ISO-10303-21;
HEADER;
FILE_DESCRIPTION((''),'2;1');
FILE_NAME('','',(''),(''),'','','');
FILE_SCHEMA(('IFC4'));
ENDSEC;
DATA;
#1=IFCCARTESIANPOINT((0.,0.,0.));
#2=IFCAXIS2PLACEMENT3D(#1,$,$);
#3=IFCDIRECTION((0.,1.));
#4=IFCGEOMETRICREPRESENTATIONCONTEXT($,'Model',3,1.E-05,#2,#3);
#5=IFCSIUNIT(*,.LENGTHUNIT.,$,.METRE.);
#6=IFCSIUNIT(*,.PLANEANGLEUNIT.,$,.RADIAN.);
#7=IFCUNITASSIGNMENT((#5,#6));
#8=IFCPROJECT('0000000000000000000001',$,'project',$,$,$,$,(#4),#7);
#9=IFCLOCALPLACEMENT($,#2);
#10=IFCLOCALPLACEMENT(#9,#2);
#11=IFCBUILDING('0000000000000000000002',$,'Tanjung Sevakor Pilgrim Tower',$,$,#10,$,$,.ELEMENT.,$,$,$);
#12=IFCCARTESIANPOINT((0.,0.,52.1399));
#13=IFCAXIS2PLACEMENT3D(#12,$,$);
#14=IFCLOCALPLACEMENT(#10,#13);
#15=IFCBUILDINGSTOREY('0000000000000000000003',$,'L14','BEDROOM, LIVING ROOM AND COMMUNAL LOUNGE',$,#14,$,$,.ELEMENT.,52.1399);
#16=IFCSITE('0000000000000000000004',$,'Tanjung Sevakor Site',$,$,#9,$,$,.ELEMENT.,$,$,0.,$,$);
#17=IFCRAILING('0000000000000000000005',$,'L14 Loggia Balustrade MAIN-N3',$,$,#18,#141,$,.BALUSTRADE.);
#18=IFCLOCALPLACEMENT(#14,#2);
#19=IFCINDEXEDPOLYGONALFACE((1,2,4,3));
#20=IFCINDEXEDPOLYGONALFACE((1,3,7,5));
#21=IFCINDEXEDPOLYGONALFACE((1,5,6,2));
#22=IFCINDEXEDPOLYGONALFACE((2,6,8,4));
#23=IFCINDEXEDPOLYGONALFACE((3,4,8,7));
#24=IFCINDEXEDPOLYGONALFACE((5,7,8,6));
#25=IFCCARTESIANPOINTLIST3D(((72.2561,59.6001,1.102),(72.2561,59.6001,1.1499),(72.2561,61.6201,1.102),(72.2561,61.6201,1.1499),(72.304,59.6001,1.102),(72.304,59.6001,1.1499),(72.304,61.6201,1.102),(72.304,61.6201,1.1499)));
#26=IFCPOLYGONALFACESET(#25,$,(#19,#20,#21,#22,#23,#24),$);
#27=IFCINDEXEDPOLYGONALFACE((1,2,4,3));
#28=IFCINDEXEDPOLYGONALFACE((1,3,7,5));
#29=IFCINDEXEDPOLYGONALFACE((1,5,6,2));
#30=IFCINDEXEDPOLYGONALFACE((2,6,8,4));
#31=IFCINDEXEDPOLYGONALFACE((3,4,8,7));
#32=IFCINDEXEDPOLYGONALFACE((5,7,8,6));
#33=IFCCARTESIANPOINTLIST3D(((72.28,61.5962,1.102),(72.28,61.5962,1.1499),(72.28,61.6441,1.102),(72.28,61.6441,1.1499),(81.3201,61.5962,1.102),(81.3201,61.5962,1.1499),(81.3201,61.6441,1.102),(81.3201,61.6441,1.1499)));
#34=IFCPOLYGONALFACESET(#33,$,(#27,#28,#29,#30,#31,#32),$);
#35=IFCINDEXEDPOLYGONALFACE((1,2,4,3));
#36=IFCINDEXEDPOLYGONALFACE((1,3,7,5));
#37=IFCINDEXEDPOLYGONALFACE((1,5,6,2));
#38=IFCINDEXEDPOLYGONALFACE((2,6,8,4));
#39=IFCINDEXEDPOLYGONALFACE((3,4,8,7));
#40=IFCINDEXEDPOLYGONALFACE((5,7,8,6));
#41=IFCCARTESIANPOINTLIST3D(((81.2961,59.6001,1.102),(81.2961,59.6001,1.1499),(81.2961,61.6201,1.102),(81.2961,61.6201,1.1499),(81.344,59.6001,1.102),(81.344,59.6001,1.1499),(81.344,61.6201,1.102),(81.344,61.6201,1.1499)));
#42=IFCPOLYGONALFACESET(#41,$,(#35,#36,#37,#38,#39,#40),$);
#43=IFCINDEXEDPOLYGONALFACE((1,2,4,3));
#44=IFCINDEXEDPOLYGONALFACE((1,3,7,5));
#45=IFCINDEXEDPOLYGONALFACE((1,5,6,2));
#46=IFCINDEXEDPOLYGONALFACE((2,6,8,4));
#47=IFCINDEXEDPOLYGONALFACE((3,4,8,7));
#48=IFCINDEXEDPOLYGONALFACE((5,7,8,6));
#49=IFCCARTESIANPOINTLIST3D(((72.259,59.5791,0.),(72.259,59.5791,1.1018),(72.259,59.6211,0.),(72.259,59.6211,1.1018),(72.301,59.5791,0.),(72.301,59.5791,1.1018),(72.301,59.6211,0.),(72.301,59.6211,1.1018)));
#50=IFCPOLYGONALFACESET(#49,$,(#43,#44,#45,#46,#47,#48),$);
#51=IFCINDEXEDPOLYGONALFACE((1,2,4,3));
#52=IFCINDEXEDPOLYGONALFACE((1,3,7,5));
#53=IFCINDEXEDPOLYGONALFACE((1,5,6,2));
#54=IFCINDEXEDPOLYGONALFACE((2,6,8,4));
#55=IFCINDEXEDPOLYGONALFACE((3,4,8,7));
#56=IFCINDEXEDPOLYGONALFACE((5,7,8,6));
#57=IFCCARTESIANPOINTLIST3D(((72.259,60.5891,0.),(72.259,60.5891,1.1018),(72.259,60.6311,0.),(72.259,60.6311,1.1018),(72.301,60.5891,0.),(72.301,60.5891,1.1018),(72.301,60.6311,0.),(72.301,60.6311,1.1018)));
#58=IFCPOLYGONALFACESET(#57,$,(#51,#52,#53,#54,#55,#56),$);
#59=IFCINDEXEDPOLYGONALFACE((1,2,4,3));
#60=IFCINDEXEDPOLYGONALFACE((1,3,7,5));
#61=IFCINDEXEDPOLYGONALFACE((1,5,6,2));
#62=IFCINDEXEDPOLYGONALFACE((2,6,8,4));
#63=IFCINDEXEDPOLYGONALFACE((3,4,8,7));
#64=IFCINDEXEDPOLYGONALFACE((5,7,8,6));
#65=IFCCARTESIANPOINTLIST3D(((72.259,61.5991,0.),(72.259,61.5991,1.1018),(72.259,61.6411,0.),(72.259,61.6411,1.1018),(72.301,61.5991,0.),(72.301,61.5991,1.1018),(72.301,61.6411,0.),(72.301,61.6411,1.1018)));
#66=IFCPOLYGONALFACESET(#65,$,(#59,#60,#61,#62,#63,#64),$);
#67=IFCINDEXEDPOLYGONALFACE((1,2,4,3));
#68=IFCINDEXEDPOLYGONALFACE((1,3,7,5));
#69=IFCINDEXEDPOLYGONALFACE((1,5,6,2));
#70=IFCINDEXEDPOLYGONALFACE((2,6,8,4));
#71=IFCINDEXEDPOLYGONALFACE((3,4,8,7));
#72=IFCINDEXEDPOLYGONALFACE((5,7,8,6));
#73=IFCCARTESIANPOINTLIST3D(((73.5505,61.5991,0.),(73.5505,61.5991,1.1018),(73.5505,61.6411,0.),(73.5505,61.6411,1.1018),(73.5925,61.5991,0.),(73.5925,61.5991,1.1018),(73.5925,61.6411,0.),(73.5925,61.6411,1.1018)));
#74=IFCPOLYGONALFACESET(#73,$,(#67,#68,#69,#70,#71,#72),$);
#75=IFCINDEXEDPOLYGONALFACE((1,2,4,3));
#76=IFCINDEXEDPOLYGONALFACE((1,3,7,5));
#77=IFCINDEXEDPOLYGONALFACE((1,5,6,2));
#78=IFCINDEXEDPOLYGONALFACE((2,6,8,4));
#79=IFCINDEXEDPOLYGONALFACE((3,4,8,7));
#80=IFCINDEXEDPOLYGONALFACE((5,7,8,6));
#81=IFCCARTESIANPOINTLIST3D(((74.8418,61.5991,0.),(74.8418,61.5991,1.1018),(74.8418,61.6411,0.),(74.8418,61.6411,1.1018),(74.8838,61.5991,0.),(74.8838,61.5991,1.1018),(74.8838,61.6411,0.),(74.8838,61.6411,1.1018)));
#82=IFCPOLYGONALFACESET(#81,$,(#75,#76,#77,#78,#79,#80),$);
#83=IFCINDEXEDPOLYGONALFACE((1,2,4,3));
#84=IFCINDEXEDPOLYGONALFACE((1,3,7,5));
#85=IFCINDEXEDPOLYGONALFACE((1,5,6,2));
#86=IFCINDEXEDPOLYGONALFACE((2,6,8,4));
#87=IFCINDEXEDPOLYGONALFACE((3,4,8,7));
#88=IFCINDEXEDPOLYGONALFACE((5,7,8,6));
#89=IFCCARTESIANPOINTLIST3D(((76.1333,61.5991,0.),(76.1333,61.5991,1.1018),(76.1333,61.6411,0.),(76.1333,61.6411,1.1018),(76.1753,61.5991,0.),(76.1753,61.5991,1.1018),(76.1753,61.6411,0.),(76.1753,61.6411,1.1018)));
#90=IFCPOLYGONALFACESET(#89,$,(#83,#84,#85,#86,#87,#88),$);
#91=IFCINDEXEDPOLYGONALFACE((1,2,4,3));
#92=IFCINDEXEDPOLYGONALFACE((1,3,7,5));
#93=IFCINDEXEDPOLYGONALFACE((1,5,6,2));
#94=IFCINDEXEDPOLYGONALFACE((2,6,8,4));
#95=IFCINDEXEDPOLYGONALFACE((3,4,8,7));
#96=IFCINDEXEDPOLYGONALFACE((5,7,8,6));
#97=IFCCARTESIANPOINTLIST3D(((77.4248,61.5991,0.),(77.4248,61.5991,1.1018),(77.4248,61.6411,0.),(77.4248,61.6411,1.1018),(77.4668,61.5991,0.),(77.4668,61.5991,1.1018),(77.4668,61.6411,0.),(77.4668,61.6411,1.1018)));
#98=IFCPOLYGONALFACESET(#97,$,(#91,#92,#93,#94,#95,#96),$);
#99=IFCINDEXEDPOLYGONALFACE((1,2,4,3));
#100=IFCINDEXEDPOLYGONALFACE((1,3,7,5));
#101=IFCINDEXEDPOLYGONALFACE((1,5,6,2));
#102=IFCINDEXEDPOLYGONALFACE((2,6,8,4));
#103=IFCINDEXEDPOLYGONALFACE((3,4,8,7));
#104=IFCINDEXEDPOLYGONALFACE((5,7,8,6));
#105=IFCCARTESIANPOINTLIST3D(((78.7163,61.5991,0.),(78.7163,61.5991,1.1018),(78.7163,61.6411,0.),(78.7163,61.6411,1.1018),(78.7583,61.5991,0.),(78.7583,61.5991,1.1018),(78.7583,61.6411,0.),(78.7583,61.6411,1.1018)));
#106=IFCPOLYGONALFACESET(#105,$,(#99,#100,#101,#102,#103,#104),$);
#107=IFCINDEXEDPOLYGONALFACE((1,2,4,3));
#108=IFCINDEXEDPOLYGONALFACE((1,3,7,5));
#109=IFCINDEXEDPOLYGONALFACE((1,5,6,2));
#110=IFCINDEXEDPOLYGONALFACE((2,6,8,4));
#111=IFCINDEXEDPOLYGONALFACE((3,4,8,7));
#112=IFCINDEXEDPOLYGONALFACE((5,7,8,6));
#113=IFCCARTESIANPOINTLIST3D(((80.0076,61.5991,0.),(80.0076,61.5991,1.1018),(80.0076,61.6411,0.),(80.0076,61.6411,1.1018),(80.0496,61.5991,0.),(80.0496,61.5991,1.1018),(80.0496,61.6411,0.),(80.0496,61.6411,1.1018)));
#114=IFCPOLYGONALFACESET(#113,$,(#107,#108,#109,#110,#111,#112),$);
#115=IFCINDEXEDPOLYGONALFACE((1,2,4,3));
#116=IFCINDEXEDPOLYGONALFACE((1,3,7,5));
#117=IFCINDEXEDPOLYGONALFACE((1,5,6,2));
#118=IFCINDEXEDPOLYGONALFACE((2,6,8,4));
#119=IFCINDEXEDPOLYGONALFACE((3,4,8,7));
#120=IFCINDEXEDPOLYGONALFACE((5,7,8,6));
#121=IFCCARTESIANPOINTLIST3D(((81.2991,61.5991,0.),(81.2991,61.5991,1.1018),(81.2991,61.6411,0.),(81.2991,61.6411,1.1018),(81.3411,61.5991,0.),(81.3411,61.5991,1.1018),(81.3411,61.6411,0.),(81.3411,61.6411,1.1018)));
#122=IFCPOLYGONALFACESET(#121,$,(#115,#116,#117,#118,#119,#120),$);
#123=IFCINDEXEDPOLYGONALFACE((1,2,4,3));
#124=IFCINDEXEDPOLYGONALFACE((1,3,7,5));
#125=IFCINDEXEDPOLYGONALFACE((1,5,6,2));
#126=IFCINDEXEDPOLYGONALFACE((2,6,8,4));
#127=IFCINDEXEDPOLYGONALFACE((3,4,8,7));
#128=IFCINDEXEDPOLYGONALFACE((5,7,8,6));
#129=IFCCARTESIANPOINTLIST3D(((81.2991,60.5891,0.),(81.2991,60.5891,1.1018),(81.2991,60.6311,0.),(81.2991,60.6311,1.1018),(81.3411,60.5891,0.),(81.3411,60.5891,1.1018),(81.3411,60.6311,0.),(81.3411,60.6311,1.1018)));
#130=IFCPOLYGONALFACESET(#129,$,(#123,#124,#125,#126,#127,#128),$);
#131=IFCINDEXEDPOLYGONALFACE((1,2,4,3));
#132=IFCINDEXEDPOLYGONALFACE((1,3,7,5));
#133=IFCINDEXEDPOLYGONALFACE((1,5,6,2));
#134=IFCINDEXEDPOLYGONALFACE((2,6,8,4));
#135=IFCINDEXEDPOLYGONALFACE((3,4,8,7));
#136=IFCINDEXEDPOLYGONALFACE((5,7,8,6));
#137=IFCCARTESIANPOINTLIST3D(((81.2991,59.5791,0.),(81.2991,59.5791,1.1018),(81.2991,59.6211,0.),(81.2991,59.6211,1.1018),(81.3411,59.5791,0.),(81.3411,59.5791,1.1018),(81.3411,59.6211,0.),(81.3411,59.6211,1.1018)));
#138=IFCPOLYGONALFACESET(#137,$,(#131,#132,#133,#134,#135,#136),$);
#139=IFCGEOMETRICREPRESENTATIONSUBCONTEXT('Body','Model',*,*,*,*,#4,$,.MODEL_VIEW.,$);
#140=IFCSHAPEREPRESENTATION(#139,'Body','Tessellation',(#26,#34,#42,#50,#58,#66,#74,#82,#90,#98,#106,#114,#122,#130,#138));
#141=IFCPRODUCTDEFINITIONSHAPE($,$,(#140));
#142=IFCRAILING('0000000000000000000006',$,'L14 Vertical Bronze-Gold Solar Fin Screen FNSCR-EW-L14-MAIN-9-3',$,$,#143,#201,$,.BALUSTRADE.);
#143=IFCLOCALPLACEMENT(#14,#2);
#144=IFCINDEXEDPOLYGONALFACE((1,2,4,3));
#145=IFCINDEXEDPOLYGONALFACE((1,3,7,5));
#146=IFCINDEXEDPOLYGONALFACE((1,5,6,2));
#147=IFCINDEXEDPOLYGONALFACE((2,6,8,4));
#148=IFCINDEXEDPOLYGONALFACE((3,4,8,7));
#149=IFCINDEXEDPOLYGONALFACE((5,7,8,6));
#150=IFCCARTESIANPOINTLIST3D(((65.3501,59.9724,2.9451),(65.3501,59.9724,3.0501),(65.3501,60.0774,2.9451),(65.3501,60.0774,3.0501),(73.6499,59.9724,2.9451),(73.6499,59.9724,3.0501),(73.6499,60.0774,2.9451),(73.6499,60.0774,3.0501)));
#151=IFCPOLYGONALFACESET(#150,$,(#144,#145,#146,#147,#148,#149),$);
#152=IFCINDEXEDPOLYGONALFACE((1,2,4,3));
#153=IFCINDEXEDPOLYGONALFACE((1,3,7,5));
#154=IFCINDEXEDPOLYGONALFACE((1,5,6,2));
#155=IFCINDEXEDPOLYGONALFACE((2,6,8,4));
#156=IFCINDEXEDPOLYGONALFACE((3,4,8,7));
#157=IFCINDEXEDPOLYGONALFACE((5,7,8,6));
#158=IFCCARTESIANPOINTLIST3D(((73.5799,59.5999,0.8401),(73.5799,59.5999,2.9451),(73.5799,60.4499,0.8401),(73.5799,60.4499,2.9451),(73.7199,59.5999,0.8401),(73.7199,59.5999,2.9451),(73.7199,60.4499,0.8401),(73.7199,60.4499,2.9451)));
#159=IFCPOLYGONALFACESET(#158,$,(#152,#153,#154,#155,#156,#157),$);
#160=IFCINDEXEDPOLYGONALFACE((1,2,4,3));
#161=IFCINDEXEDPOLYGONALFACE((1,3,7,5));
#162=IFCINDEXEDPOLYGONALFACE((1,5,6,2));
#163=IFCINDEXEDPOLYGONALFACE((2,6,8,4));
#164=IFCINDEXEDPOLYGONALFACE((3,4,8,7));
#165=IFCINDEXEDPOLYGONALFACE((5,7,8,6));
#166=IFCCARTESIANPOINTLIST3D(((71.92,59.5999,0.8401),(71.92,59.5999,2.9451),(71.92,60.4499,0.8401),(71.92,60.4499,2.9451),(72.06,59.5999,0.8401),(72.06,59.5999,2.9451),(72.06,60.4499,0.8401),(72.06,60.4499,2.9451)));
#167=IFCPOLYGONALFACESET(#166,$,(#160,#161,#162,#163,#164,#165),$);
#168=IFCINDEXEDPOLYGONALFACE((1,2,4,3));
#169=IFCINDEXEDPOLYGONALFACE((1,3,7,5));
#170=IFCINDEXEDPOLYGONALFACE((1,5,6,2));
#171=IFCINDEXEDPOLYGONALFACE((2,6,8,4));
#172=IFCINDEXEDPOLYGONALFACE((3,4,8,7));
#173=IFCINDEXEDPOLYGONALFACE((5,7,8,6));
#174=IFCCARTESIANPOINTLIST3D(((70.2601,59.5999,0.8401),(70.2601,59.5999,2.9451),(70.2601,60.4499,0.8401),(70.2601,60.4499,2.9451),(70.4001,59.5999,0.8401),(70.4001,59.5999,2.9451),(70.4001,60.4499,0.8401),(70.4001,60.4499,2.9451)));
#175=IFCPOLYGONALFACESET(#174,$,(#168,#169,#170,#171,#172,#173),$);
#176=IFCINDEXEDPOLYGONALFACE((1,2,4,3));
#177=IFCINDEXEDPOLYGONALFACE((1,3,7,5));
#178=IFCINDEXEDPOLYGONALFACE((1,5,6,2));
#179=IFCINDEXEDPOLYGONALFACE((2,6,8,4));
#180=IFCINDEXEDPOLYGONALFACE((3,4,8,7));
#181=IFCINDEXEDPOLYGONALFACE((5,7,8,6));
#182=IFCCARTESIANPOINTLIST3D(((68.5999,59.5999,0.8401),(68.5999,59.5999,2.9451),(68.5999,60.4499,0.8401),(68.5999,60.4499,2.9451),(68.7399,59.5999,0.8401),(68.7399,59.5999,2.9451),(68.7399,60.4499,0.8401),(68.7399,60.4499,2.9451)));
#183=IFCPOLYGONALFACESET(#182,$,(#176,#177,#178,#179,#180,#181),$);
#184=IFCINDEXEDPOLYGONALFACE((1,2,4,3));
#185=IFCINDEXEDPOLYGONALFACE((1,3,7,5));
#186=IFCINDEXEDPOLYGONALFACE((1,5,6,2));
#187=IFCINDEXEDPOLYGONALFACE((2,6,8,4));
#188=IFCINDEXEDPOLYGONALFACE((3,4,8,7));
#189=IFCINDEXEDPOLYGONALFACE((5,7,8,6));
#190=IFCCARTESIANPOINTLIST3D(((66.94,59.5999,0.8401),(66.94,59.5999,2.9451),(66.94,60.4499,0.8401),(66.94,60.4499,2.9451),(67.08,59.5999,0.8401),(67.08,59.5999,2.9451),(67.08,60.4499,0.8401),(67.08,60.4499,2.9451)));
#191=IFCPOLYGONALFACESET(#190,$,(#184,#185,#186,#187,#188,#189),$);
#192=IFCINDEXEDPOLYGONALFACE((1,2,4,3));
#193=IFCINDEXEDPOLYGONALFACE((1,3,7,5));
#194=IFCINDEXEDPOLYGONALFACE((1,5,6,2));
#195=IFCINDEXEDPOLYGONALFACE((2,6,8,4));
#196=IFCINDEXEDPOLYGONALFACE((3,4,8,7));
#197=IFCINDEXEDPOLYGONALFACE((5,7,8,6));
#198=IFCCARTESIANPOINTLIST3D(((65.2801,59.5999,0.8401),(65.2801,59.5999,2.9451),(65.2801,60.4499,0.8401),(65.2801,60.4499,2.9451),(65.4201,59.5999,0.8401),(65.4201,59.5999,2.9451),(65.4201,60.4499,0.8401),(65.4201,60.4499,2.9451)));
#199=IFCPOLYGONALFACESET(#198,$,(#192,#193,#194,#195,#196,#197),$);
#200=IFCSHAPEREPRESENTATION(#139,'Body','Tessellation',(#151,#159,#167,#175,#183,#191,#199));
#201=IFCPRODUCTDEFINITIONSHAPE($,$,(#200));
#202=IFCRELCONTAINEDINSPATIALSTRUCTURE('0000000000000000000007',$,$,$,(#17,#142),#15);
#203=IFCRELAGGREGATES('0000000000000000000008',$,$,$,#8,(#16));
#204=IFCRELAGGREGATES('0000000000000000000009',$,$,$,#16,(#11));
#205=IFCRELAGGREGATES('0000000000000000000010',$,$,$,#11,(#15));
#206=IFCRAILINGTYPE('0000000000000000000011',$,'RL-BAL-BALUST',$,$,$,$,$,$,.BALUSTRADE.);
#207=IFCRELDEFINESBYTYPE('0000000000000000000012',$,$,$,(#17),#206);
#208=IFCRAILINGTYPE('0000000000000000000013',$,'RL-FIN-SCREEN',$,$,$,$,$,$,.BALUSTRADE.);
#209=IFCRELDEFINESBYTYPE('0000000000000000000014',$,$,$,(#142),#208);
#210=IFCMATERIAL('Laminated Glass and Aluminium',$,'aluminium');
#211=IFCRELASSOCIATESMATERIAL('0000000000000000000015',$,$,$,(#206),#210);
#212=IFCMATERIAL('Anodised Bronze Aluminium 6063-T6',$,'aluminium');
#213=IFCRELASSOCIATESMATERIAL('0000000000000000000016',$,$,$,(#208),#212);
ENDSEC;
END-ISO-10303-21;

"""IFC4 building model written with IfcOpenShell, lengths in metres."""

from ifc_helpers import new_model, si_unit, direction, frame, origin, place, context, subcontext, project, spatial, rectangle, extrude, material, type_object, element, save


model = new_model("IFC4")

# Units and contexts
model_context = context("Model", 3, precision=1e-05, world=origin(), true_north=direction((0.0, 1.0)))
body_context = subcontext(model_context, "Body", "Model", "MODEL_VIEW")
ifc_project = project(units=[si_unit("LENGTHUNIT", "METRE"), si_unit("PLANEANGLEUNIT", "RADIAN")], contexts=[model_context])

# Site, building, storey
site_placement = place(None, origin())
site = spatial("IfcSite", under=ifc_project, at=site_placement, Name="Tanjung Sevakor Site", CompositionType="ELEMENT", RefElevation=0.0)
building_placement = place(site_placement, origin())
building = spatial("IfcBuilding", under=site, at=building_placement, Name="Tanjung Sevakor Pilgrim Tower", CompositionType="ELEMENT")
storey_placement = place(building_placement, frame((0.0, 0.0, 52.1399)))
storey = spatial("IfcBuildingStorey", under=building, at=storey_placement, Name="L14", Description="BEDROOM, LIVING ROOM AND COMMUNAL LOUNGE", CompositionType="ELEMENT", Elevation=52.1399)

# Railings
ifc_material_1 = material(Name="Laminated Glass and Aluminium", Category="aluminium")
railing_type_1 = type_object("IfcRailingType", Name="RL-BAL-BALUST", PredefinedType="BALUSTRADE", material=ifc_material_1)
railing_1_placement = place(storey_placement, frame((72.28, 59.6001, 0.0)))
element("IfcRailing", 1, at=railing_1_placement, inside=storey, type_object=railing_type_1, Name="L14 Loggia Balustrade MAIN-N3", PredefinedType="BALUSTRADE", context=body_context, shape_type="SweptSolid", body=[
    extrude(rectangle(XDim=0.0479, YDim=0.0479), frame((0.0, 0.0, 1.126), z_axis=(0.0, 1.0, 0.0), x_axis=(-1.0, 0.0, 0.0)), (0.0, 0.0, 1.0), 2.02),
    extrude(rectangle(XDim=0.0479, YDim=0.0479), frame((0.0, 2.02, 1.126), z_axis=(1.0, 0.0, 0.0), x_axis=(0.0, 1.0, 0.0)), (0.0, 0.0, 1.0), 9.04),
    extrude(rectangle(XDim=0.0479, YDim=0.0479), frame((9.04, 2.02, 1.126), z_axis=(0.0, -1.0, 0.0), x_axis=(1.0, 0.0, 0.0)), (0.0, 0.0, 1.0), 2.02),
    extrude(rectangle(XDim=0.042, YDim=0.042), origin(), (0.0, 0.0, 1.0), 1.1018),
    extrude(rectangle(XDim=0.042, YDim=0.042), frame((0.0, 1.01, 0.0)), (0.0, 0.0, 1.0), 1.1018),
    extrude(rectangle(XDim=0.042, YDim=0.042), frame((0.0, 2.02, 0.0)), (0.0, 0.0, 1.0), 1.1018),
    extrude(rectangle(XDim=0.042, YDim=0.042), frame((1.2915, 2.02, 0.0)), (0.0, 0.0, 1.0), 1.1018),
    extrude(rectangle(XDim=0.042, YDim=0.042), frame((2.5828, 2.02, 0.0)), (0.0, 0.0, 1.0), 1.1018),
    extrude(rectangle(XDim=0.042, YDim=0.042), frame((3.8743, 2.02, 0.0)), (0.0, 0.0, 1.0), 1.1018),
    extrude(rectangle(XDim=0.042, YDim=0.042), frame((5.1658, 2.02, 0.0)), (0.0, 0.0, 1.0), 1.1018),
    extrude(rectangle(XDim=0.042, YDim=0.042), frame((6.4573, 2.02, 0.0)), (0.0, 0.0, 1.0), 1.1018),
    extrude(rectangle(XDim=0.042, YDim=0.042), frame((7.7485, 2.02, 0.0)), (0.0, 0.0, 1.0), 1.1018),
    extrude(rectangle(XDim=0.042, YDim=0.042), frame((9.04, 2.02, 0.0)), (0.0, 0.0, 1.0), 1.1018),
    extrude(rectangle(XDim=0.042, YDim=0.042), frame((9.04, 1.01, 0.0)), (0.0, 0.0, 1.0), 1.1018),
    extrude(rectangle(XDim=0.042, YDim=0.042), frame((9.04, 0.0, 0.0)), (0.0, 0.0, 1.0), 1.1018),
])
ifc_material_2 = material(Name="Anodised Bronze Aluminium 6063-T6", Category="aluminium")
railing_type_2 = type_object("IfcRailingType", Name="RL-FIN-SCREEN", PredefinedType="BALUSTRADE", material=ifc_material_2)
railing_2_placement = place(storey_placement, frame((73.6499, 60.0249, 0.8401)))
element("IfcRailing", 2, at=railing_2_placement, inside=storey, type_object=railing_type_2, Name="L14 Vertical Bronze-Gold Solar Fin Screen FNSCR-EW-L14-MAIN-9-3", PredefinedType="BALUSTRADE", context=body_context, shape_type="SweptSolid", body=[
    extrude(rectangle(XDim=0.105, YDim=0.105), frame((0.0, 0.0, 2.1575), z_axis=(-1.0, 0.0, 0.0), x_axis=(0.0, -1.0, 0.0)), (0.0, 0.0, 1.0), 8.2998),
    extrude(rectangle(XDim=0.14, YDim=0.85), origin(), (0.0, 0.0, 1.0), 2.105),
    extrude(rectangle(XDim=0.14, YDim=0.85), frame((-1.6599, 0.0, 0.0)), (0.0, 0.0, 1.0), 2.105),
    extrude(rectangle(XDim=0.14, YDim=0.85), frame((-3.3198, 0.0, 0.0)), (0.0, 0.0, 1.0), 2.105),
    extrude(rectangle(XDim=0.14, YDim=0.85), frame((-4.98, 0.0, 0.0)), (0.0, 0.0, 1.0), 2.105),
    extrude(rectangle(XDim=0.14, YDim=0.85), frame((-6.6399, 0.0, 0.0)), (0.0, 0.0, 1.0), 2.105),
    extrude(rectangle(XDim=0.14, YDim=0.85), frame((-8.2998, 0.0, 0.0)), (0.0, 0.0, 1.0), 2.105),
])

save(model, "model.ifc")
